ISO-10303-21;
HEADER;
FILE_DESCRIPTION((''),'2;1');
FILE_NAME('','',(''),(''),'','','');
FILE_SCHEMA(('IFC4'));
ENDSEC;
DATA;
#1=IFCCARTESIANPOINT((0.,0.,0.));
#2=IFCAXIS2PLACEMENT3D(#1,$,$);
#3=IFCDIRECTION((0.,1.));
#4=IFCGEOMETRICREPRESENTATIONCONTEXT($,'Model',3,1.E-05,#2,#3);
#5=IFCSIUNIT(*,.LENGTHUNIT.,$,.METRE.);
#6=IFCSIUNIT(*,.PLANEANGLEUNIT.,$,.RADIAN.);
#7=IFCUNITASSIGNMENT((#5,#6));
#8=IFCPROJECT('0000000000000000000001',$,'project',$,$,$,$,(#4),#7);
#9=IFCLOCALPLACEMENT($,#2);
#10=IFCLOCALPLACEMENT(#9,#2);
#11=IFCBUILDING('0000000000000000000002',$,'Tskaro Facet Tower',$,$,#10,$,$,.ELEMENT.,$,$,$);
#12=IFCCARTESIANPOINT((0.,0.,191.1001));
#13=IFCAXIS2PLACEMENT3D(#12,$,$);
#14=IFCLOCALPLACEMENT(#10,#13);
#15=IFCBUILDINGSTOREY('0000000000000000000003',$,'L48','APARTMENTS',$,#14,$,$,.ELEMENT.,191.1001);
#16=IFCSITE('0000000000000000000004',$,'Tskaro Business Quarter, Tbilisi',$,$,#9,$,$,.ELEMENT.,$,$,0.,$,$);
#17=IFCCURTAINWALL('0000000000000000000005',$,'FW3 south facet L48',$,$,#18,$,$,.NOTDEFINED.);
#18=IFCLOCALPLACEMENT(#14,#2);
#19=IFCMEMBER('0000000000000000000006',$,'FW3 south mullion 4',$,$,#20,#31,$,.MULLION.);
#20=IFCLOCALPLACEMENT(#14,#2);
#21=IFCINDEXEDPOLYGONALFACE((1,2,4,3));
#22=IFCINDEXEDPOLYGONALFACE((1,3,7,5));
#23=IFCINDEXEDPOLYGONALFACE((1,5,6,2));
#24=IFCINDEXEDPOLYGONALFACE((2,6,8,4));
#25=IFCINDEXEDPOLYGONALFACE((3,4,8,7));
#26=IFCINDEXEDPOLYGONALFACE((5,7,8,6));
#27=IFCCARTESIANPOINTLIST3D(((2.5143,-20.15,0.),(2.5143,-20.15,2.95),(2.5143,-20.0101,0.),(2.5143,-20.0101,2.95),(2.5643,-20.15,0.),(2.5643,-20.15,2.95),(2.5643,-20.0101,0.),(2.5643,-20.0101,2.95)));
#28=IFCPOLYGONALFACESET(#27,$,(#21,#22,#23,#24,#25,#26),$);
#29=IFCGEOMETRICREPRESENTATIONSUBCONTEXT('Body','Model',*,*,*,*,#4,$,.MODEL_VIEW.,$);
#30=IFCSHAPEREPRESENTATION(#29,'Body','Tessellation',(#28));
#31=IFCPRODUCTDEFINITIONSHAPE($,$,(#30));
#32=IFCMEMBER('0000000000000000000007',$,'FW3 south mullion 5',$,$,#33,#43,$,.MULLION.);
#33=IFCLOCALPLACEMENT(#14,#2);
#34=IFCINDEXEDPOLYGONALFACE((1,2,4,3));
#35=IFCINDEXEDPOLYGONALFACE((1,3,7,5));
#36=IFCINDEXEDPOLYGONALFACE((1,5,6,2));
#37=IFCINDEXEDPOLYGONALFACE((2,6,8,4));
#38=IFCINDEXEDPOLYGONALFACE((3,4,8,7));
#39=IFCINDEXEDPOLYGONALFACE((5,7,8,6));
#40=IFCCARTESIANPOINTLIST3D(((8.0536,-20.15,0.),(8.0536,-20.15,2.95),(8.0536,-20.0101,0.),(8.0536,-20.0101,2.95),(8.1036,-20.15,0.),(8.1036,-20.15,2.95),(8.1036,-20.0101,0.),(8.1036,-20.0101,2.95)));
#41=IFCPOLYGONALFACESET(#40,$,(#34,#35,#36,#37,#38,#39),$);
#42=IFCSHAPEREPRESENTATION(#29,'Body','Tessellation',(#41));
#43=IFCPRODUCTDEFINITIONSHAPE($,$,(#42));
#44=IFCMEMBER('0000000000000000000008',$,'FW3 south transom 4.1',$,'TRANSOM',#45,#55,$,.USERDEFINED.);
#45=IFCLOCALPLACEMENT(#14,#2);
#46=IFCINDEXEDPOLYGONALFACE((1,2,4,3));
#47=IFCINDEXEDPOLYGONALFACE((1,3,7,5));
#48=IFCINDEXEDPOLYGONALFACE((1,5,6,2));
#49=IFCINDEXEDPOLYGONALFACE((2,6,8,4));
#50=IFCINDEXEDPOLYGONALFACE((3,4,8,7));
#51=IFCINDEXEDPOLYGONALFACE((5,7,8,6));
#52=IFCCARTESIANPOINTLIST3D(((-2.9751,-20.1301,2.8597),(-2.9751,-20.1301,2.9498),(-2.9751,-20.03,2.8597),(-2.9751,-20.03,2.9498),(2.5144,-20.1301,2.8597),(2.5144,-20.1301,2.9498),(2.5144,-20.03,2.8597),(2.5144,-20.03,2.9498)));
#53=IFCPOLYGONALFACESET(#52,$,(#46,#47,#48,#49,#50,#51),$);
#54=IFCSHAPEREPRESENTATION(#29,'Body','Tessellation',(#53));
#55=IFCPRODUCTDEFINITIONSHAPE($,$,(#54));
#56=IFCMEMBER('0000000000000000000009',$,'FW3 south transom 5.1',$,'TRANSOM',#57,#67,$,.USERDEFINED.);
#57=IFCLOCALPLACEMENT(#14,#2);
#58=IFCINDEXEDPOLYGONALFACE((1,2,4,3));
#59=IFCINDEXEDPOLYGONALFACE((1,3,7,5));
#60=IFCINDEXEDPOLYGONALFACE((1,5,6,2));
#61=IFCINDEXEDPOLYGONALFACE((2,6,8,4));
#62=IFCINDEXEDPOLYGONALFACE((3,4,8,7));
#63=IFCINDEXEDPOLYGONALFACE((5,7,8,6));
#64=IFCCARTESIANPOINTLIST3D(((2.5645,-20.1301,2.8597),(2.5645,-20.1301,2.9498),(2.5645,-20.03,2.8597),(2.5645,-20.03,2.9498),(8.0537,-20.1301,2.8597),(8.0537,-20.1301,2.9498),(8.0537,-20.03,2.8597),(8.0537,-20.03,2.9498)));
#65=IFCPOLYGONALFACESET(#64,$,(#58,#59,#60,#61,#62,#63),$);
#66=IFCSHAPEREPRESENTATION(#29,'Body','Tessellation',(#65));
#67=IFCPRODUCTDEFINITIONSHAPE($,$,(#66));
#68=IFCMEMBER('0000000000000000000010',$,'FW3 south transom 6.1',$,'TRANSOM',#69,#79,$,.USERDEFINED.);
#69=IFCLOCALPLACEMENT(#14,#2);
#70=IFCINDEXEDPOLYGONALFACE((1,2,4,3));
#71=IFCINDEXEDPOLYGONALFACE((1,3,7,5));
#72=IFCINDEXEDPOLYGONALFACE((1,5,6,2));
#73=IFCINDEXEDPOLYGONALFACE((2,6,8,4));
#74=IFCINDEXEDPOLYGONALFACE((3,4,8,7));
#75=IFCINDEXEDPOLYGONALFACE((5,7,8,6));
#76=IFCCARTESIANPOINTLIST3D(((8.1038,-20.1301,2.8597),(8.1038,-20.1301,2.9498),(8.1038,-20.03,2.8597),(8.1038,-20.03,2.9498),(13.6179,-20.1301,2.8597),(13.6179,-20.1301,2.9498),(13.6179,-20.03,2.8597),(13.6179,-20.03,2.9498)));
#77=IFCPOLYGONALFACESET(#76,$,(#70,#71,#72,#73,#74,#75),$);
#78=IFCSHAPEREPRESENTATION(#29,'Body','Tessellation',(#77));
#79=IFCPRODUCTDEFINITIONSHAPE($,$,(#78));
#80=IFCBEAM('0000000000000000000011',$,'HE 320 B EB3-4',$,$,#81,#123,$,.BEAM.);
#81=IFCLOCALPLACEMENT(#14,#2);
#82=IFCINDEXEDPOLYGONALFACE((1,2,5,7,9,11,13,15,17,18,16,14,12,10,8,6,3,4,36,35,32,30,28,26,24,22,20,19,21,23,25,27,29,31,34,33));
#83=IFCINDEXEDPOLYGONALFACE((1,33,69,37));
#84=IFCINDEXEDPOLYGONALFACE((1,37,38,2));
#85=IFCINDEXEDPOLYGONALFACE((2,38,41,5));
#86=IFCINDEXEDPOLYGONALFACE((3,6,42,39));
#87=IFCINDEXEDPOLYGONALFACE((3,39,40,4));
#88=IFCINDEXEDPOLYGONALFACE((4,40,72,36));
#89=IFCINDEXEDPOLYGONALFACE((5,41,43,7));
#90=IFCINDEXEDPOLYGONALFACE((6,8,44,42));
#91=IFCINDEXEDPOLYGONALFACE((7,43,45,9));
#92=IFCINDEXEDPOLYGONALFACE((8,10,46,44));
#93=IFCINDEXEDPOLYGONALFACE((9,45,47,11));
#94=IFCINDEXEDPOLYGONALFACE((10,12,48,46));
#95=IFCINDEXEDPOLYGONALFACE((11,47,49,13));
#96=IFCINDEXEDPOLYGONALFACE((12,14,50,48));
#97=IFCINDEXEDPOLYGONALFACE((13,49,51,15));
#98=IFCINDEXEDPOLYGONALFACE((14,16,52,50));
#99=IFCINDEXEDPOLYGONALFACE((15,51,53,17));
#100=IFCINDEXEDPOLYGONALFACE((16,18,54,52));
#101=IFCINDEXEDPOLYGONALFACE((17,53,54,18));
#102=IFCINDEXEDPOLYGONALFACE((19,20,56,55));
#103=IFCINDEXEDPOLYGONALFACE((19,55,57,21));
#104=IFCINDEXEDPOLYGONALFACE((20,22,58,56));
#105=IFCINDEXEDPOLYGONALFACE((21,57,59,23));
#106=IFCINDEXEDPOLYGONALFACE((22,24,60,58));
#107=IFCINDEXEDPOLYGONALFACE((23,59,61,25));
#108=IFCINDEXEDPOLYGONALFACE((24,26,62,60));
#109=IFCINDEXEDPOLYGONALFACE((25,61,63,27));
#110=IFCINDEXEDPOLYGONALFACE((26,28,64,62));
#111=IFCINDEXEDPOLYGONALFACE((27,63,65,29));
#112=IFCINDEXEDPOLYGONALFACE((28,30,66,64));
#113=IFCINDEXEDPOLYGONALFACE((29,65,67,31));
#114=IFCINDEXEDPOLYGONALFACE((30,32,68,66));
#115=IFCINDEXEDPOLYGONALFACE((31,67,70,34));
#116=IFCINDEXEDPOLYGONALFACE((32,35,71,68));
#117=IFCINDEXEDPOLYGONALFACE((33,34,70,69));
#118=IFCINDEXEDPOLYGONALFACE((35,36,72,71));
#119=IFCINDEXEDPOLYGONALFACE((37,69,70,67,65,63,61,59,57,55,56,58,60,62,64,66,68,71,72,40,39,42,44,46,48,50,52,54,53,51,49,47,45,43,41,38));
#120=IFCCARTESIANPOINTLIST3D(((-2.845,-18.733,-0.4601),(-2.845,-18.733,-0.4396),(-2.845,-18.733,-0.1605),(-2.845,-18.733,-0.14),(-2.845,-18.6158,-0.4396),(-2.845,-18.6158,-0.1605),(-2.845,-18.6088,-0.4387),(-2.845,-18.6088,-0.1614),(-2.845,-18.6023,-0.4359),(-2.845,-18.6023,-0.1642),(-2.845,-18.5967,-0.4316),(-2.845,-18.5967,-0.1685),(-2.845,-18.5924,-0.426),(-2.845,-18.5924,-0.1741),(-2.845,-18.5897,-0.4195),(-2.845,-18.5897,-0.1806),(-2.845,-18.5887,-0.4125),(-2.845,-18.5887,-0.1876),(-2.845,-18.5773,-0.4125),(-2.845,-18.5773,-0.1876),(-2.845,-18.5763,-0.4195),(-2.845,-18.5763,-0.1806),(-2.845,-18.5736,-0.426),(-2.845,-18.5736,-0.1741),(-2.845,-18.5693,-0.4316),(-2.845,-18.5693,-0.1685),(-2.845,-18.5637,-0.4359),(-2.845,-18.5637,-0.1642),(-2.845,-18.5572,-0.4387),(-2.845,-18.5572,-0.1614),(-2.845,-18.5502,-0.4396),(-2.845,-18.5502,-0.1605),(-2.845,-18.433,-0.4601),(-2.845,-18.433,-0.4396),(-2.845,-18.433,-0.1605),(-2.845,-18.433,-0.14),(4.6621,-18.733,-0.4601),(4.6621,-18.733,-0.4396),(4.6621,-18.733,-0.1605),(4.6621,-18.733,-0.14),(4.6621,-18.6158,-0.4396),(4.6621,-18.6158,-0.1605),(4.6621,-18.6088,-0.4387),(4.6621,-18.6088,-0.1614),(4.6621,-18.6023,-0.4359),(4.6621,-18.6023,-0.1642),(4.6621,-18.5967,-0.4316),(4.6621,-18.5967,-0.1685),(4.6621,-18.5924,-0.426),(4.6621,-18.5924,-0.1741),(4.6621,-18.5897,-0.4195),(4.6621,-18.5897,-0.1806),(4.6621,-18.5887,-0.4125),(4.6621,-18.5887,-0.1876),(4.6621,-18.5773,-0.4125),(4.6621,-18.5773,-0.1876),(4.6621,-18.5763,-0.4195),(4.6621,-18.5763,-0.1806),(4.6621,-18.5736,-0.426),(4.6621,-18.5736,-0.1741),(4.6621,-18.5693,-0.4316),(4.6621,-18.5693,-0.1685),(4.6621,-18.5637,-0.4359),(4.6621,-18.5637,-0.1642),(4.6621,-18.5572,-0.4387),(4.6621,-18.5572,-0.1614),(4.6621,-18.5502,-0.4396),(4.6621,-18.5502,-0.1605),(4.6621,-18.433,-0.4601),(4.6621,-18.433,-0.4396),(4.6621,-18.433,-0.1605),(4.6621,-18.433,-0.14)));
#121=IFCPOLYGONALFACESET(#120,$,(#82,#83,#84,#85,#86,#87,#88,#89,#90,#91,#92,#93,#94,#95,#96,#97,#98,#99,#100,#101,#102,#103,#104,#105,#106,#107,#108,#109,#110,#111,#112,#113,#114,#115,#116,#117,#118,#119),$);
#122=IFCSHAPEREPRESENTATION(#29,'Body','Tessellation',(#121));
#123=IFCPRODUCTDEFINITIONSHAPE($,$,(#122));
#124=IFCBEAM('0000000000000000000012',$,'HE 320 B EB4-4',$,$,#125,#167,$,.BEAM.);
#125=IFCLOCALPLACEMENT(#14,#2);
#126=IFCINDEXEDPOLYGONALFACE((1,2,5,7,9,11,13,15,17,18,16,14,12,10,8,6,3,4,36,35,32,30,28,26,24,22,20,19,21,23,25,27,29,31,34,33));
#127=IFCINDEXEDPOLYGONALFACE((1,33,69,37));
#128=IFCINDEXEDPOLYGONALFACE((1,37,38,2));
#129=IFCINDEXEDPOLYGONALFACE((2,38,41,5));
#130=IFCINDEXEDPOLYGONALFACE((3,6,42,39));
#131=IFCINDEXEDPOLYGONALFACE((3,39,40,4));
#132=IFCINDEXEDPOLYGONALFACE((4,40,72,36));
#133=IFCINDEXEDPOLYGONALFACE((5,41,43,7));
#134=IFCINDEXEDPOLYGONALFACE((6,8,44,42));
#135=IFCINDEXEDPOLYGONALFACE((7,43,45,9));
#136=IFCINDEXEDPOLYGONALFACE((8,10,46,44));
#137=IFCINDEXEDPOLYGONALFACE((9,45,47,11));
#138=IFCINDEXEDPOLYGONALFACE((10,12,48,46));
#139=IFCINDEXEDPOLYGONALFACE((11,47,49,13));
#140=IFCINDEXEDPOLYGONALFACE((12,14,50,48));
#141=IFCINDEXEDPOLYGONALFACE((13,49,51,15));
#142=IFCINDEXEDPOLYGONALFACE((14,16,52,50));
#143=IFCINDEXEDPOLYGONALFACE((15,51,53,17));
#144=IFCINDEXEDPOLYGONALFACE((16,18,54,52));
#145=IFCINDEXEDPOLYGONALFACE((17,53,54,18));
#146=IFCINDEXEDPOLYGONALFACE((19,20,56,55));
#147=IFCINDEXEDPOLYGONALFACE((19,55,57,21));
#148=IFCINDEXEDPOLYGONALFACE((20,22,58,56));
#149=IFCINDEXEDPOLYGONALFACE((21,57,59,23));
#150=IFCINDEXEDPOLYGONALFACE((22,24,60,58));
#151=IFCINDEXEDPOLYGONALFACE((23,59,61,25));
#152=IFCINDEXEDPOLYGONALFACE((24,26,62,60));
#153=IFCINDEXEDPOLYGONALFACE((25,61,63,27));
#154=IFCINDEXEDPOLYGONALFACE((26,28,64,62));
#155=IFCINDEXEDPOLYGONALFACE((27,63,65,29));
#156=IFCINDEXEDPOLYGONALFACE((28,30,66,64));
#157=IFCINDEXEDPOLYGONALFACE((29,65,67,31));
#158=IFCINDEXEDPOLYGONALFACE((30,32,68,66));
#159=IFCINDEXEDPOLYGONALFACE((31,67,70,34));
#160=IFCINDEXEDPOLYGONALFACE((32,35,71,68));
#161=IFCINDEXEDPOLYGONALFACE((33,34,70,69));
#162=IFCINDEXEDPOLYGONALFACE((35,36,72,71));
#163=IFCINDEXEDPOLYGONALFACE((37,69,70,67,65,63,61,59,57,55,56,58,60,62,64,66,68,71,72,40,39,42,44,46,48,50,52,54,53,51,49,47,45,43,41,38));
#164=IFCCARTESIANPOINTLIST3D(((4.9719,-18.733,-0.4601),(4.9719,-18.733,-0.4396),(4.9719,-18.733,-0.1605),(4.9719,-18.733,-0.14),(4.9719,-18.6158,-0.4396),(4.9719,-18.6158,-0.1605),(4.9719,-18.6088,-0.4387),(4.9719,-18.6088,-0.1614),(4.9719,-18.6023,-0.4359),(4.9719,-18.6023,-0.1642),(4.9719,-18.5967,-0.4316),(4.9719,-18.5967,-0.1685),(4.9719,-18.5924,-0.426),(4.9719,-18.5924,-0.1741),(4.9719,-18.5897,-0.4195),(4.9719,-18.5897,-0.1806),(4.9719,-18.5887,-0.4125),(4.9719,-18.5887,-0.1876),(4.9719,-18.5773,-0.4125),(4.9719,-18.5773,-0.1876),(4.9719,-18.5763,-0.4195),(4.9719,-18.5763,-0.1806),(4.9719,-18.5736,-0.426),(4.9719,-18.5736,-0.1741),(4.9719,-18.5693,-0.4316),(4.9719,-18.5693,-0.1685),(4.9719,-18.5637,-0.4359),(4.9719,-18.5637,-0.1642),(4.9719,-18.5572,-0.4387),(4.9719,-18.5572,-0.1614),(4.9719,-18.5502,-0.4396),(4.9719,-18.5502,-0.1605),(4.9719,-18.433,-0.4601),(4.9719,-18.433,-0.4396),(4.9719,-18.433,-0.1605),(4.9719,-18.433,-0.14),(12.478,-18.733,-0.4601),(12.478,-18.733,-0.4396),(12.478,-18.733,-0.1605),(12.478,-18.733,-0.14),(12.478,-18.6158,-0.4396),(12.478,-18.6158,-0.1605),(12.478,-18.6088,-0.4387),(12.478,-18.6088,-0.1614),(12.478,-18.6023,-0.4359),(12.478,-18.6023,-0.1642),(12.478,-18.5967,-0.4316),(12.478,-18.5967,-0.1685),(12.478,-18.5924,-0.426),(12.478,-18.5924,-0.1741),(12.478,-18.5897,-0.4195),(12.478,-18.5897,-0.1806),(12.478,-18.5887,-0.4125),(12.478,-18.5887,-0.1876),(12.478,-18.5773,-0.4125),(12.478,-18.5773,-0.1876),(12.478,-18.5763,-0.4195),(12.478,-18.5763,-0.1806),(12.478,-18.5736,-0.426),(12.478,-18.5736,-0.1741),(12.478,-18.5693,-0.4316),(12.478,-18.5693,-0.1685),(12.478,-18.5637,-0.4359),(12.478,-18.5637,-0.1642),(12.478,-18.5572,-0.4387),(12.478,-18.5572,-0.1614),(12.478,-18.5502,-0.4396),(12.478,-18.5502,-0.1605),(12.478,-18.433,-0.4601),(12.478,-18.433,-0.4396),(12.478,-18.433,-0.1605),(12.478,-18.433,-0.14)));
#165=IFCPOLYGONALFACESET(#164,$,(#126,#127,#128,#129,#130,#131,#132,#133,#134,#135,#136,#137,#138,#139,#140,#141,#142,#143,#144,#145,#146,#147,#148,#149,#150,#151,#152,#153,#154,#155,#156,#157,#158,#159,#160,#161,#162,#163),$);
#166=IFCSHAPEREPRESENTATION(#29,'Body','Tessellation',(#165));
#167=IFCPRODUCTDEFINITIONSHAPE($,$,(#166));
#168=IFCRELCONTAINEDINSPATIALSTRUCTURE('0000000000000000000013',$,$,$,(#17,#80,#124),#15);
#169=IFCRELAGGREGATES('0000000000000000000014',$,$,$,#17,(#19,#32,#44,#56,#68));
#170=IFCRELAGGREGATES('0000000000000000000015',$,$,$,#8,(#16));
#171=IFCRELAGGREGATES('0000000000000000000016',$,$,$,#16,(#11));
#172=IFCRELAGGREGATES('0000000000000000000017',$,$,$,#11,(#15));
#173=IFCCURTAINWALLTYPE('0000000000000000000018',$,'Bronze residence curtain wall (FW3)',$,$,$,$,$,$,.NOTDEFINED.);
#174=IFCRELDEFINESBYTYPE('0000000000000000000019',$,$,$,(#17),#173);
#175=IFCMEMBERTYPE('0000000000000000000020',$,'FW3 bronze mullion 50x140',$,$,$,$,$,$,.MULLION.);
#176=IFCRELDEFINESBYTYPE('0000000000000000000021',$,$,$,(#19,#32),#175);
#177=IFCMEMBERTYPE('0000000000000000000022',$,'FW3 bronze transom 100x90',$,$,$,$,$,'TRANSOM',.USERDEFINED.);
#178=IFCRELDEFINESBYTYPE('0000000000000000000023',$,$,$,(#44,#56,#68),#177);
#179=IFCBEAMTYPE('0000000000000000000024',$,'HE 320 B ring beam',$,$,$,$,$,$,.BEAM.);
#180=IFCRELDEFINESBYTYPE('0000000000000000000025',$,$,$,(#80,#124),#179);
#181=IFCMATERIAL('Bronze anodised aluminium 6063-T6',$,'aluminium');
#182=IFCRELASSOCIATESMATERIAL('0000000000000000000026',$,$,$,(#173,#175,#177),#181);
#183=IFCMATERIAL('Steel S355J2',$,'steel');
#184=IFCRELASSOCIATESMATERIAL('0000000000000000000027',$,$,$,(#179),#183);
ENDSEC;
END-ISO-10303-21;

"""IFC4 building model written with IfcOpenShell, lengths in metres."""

from ifc_helpers import new_model, si_unit, direction, frame, origin, origin_2d, place, context, subcontext, project, spatial, rectangle, i_section, extrude, material, material_profile, profile_set, type_object, element, aggregate, save


model = new_model("IFC4")

# Units and contexts
model_context = context("Model", 3, precision=1e-05, world=origin(), true_north=direction((0.0, 1.0)))
body_context = subcontext(model_context, "Body", "Model", "MODEL_VIEW")
ifc_project = project(units=[si_unit("LENGTHUNIT", "METRE"), si_unit("PLANEANGLEUNIT", "RADIAN")], contexts=[model_context])

# Site, building, storey
site_placement = place(None, origin())
site = spatial("IfcSite", under=ifc_project, at=site_placement, Name="Tskaro Business Quarter, Tbilisi", CompositionType="ELEMENT", RefElevation=0.0)
building_placement = place(site_placement, origin())
building = spatial("IfcBuilding", under=site, at=building_placement, Name="Tskaro Facet Tower", CompositionType="ELEMENT")
storey_placement = place(building_placement, frame((0.0, 0.0, 191.1001)))
storey = spatial("IfcBuildingStorey", under=building, at=storey_placement, Name="L48", Description="APARTMENTS", CompositionType="ELEMENT", Elevation=191.1001)

# Curtain wall, members
ifc_material_1 = material(Name="Bronze anodised aluminium 6063-T6", Category="aluminium")
curtain_wall_type = type_object("IfcCurtainWallType", Name="Bronze residence curtain wall (FW3)", PredefinedType="NOTDEFINED", material=ifc_material_1)
curtain_wall_placement = place(storey_placement, origin())
curtain_wall = element("IfcCurtainWall", 1, at=curtain_wall_placement, inside=storey, type_object=curtain_wall_type, Name="FW3 south facet L48", PredefinedType="NOTDEFINED")
ifc_material_profile_1 = material_profile(ifc_material_1, rectangle(XDim=0.05, YDim=0.1399, at=origin_2d()), Name="Mullion 50x140")
ifc_profile_set_1 = profile_set([ifc_material_profile_1], Name="Bronze anodised aluminium 6063-T6")
member_type_1 = type_object("IfcMemberType", Name="FW3 bronze mullion 50x140", PredefinedType="MULLION", material=ifc_profile_set_1)
member_1_placement = place(storey_placement, frame((2.5393, -20.0801, 0.0), z_axis=(0.0, 0.0, 1.0), x_axis=(1.0, 0.0, 0.0)))
member_1 = element("IfcMember", 2, at=member_1_placement, type_object=member_type_1, Name="FW3 south mullion 4", PredefinedType="MULLION", context=body_context, shape_type="SweptSolid", body=[
    extrude(rectangle(XDim=0.05, YDim=0.1399, at=origin_2d()), origin(), (0.0, 0.0, 1.0), 2.95),
])
member_2_placement = place(storey_placement, frame((8.0786, -20.0801, 0.0), z_axis=(0.0, 0.0, 1.0), x_axis=(1.0, 0.0, 0.0)))
member_2 = element("IfcMember", 3, at=member_2_placement, type_object=member_type_1, Name="FW3 south mullion 5", PredefinedType="MULLION", context=body_context, shape_type="SweptSolid", body=[
    extrude(rectangle(XDim=0.05, YDim=0.1399, at=origin_2d()), origin(), (0.0, 0.0, 1.0), 2.95),
])
ifc_material_profile_2 = material_profile(ifc_material_1, rectangle(XDim=0.1001, YDim=0.0901, at=origin_2d()), Name="Transom 100x90")
ifc_profile_set_2 = profile_set([ifc_material_profile_2], Name="Bronze anodised aluminium 6063-T6")
member_type_2 = type_object("IfcMemberType", Name="FW3 bronze transom 100x90", ElementType="TRANSOM", PredefinedType="USERDEFINED", material=ifc_profile_set_2)
member_3_placement = place(storey_placement, frame((-2.9751, -20.0801, 2.9048), z_axis=(1.0, 0.0, 0.0), x_axis=(0.0, 1.0, 0.0)))
member_3 = element("IfcMember", 4, at=member_3_placement, type_object=member_type_2, Name="FW3 south transom 4.1", ObjectType="TRANSOM", PredefinedType="USERDEFINED", context=body_context, shape_type="SweptSolid", body=[
    extrude(rectangle(XDim=0.1001, YDim=0.0901, at=origin_2d()), origin(), (0.0, 0.0, 1.0), 5.4895),
])
member_4_placement = place(storey_placement, frame((2.5645, -20.0801, 2.9048), z_axis=(1.0, 0.0, 0.0), x_axis=(0.0, 1.0, 0.0)))
member_4 = element("IfcMember", 5, at=member_4_placement, type_object=member_type_2, Name="FW3 south transom 5.1", ObjectType="TRANSOM", PredefinedType="USERDEFINED", context=body_context, shape_type="SweptSolid", body=[
    extrude(rectangle(XDim=0.1001, YDim=0.0901, at=origin_2d()), origin(), (0.0, 0.0, 1.0), 5.4893),
])
member_5_placement = place(storey_placement, frame((8.1038, -20.0801, 2.9048), z_axis=(1.0, 0.0, 0.0), x_axis=(0.0, 1.0, 0.0)))
member_5 = element("IfcMember", 6, at=member_5_placement, type_object=member_type_2, Name="FW3 south transom 6.1", ObjectType="TRANSOM", PredefinedType="USERDEFINED", context=body_context, shape_type="SweptSolid", body=[
    extrude(rectangle(XDim=0.1001, YDim=0.0901, at=origin_2d()), origin(), (0.0, 0.0, 1.0), 5.5142),
])

# Beams
ifc_material_2 = material(Name="Steel S355J2", Category="steel")
ifc_material_profile_3 = material_profile(ifc_material_2, i_section(OverallWidth=0.3, OverallDepth=0.3201, WebThickness=0.0115, FlangeThickness=0.0205, FilletRadius=0.0271, at=origin_2d()), Name="HE 320 B")
ifc_profile_set_3 = profile_set([ifc_material_profile_3], Name="Steel S355J2")
beam_type_1 = type_object("IfcBeamType", Name="HE 320 B ring beam", PredefinedType="BEAM", material=ifc_profile_set_3)
beam_1_placement = place(storey_placement, frame((-2.845, -18.583, -0.3), z_axis=(1.0, 0.0, 0.0), x_axis=(0.0, 1.0, 0.0)))
element("IfcBeam", 7, at=beam_1_placement, inside=storey, type_object=beam_type_1, Name="HE 320 B EB3-4", PredefinedType="BEAM", context=body_context, shape_type="SweptSolid", body=[
    extrude(i_section(OverallWidth=0.3, OverallDepth=0.3201, WebThickness=0.0115, FlangeThickness=0.0205, FilletRadius=0.0271, at=origin_2d()), origin(), (0.0, 0.0, 1.0), 7.5071),
])
beam_2_placement = place(storey_placement, frame((4.9719, -18.583, -0.3), z_axis=(1.0, 0.0, 0.0), x_axis=(0.0, 1.0, 0.0)))
element("IfcBeam", 8, at=beam_2_placement, inside=storey, type_object=beam_type_1, Name="HE 320 B EB4-4", PredefinedType="BEAM", context=body_context, shape_type="SweptSolid", body=[
    extrude(i_section(OverallWidth=0.3, OverallDepth=0.3201, WebThickness=0.0115, FlangeThickness=0.0205, FilletRadius=0.0271, at=origin_2d()), origin(), (0.0, 0.0, 1.0), 7.5061),
])

aggregate(curtain_wall, [member_1, member_2, member_3, member_4, member_5])

save(model, "model.ifc")
